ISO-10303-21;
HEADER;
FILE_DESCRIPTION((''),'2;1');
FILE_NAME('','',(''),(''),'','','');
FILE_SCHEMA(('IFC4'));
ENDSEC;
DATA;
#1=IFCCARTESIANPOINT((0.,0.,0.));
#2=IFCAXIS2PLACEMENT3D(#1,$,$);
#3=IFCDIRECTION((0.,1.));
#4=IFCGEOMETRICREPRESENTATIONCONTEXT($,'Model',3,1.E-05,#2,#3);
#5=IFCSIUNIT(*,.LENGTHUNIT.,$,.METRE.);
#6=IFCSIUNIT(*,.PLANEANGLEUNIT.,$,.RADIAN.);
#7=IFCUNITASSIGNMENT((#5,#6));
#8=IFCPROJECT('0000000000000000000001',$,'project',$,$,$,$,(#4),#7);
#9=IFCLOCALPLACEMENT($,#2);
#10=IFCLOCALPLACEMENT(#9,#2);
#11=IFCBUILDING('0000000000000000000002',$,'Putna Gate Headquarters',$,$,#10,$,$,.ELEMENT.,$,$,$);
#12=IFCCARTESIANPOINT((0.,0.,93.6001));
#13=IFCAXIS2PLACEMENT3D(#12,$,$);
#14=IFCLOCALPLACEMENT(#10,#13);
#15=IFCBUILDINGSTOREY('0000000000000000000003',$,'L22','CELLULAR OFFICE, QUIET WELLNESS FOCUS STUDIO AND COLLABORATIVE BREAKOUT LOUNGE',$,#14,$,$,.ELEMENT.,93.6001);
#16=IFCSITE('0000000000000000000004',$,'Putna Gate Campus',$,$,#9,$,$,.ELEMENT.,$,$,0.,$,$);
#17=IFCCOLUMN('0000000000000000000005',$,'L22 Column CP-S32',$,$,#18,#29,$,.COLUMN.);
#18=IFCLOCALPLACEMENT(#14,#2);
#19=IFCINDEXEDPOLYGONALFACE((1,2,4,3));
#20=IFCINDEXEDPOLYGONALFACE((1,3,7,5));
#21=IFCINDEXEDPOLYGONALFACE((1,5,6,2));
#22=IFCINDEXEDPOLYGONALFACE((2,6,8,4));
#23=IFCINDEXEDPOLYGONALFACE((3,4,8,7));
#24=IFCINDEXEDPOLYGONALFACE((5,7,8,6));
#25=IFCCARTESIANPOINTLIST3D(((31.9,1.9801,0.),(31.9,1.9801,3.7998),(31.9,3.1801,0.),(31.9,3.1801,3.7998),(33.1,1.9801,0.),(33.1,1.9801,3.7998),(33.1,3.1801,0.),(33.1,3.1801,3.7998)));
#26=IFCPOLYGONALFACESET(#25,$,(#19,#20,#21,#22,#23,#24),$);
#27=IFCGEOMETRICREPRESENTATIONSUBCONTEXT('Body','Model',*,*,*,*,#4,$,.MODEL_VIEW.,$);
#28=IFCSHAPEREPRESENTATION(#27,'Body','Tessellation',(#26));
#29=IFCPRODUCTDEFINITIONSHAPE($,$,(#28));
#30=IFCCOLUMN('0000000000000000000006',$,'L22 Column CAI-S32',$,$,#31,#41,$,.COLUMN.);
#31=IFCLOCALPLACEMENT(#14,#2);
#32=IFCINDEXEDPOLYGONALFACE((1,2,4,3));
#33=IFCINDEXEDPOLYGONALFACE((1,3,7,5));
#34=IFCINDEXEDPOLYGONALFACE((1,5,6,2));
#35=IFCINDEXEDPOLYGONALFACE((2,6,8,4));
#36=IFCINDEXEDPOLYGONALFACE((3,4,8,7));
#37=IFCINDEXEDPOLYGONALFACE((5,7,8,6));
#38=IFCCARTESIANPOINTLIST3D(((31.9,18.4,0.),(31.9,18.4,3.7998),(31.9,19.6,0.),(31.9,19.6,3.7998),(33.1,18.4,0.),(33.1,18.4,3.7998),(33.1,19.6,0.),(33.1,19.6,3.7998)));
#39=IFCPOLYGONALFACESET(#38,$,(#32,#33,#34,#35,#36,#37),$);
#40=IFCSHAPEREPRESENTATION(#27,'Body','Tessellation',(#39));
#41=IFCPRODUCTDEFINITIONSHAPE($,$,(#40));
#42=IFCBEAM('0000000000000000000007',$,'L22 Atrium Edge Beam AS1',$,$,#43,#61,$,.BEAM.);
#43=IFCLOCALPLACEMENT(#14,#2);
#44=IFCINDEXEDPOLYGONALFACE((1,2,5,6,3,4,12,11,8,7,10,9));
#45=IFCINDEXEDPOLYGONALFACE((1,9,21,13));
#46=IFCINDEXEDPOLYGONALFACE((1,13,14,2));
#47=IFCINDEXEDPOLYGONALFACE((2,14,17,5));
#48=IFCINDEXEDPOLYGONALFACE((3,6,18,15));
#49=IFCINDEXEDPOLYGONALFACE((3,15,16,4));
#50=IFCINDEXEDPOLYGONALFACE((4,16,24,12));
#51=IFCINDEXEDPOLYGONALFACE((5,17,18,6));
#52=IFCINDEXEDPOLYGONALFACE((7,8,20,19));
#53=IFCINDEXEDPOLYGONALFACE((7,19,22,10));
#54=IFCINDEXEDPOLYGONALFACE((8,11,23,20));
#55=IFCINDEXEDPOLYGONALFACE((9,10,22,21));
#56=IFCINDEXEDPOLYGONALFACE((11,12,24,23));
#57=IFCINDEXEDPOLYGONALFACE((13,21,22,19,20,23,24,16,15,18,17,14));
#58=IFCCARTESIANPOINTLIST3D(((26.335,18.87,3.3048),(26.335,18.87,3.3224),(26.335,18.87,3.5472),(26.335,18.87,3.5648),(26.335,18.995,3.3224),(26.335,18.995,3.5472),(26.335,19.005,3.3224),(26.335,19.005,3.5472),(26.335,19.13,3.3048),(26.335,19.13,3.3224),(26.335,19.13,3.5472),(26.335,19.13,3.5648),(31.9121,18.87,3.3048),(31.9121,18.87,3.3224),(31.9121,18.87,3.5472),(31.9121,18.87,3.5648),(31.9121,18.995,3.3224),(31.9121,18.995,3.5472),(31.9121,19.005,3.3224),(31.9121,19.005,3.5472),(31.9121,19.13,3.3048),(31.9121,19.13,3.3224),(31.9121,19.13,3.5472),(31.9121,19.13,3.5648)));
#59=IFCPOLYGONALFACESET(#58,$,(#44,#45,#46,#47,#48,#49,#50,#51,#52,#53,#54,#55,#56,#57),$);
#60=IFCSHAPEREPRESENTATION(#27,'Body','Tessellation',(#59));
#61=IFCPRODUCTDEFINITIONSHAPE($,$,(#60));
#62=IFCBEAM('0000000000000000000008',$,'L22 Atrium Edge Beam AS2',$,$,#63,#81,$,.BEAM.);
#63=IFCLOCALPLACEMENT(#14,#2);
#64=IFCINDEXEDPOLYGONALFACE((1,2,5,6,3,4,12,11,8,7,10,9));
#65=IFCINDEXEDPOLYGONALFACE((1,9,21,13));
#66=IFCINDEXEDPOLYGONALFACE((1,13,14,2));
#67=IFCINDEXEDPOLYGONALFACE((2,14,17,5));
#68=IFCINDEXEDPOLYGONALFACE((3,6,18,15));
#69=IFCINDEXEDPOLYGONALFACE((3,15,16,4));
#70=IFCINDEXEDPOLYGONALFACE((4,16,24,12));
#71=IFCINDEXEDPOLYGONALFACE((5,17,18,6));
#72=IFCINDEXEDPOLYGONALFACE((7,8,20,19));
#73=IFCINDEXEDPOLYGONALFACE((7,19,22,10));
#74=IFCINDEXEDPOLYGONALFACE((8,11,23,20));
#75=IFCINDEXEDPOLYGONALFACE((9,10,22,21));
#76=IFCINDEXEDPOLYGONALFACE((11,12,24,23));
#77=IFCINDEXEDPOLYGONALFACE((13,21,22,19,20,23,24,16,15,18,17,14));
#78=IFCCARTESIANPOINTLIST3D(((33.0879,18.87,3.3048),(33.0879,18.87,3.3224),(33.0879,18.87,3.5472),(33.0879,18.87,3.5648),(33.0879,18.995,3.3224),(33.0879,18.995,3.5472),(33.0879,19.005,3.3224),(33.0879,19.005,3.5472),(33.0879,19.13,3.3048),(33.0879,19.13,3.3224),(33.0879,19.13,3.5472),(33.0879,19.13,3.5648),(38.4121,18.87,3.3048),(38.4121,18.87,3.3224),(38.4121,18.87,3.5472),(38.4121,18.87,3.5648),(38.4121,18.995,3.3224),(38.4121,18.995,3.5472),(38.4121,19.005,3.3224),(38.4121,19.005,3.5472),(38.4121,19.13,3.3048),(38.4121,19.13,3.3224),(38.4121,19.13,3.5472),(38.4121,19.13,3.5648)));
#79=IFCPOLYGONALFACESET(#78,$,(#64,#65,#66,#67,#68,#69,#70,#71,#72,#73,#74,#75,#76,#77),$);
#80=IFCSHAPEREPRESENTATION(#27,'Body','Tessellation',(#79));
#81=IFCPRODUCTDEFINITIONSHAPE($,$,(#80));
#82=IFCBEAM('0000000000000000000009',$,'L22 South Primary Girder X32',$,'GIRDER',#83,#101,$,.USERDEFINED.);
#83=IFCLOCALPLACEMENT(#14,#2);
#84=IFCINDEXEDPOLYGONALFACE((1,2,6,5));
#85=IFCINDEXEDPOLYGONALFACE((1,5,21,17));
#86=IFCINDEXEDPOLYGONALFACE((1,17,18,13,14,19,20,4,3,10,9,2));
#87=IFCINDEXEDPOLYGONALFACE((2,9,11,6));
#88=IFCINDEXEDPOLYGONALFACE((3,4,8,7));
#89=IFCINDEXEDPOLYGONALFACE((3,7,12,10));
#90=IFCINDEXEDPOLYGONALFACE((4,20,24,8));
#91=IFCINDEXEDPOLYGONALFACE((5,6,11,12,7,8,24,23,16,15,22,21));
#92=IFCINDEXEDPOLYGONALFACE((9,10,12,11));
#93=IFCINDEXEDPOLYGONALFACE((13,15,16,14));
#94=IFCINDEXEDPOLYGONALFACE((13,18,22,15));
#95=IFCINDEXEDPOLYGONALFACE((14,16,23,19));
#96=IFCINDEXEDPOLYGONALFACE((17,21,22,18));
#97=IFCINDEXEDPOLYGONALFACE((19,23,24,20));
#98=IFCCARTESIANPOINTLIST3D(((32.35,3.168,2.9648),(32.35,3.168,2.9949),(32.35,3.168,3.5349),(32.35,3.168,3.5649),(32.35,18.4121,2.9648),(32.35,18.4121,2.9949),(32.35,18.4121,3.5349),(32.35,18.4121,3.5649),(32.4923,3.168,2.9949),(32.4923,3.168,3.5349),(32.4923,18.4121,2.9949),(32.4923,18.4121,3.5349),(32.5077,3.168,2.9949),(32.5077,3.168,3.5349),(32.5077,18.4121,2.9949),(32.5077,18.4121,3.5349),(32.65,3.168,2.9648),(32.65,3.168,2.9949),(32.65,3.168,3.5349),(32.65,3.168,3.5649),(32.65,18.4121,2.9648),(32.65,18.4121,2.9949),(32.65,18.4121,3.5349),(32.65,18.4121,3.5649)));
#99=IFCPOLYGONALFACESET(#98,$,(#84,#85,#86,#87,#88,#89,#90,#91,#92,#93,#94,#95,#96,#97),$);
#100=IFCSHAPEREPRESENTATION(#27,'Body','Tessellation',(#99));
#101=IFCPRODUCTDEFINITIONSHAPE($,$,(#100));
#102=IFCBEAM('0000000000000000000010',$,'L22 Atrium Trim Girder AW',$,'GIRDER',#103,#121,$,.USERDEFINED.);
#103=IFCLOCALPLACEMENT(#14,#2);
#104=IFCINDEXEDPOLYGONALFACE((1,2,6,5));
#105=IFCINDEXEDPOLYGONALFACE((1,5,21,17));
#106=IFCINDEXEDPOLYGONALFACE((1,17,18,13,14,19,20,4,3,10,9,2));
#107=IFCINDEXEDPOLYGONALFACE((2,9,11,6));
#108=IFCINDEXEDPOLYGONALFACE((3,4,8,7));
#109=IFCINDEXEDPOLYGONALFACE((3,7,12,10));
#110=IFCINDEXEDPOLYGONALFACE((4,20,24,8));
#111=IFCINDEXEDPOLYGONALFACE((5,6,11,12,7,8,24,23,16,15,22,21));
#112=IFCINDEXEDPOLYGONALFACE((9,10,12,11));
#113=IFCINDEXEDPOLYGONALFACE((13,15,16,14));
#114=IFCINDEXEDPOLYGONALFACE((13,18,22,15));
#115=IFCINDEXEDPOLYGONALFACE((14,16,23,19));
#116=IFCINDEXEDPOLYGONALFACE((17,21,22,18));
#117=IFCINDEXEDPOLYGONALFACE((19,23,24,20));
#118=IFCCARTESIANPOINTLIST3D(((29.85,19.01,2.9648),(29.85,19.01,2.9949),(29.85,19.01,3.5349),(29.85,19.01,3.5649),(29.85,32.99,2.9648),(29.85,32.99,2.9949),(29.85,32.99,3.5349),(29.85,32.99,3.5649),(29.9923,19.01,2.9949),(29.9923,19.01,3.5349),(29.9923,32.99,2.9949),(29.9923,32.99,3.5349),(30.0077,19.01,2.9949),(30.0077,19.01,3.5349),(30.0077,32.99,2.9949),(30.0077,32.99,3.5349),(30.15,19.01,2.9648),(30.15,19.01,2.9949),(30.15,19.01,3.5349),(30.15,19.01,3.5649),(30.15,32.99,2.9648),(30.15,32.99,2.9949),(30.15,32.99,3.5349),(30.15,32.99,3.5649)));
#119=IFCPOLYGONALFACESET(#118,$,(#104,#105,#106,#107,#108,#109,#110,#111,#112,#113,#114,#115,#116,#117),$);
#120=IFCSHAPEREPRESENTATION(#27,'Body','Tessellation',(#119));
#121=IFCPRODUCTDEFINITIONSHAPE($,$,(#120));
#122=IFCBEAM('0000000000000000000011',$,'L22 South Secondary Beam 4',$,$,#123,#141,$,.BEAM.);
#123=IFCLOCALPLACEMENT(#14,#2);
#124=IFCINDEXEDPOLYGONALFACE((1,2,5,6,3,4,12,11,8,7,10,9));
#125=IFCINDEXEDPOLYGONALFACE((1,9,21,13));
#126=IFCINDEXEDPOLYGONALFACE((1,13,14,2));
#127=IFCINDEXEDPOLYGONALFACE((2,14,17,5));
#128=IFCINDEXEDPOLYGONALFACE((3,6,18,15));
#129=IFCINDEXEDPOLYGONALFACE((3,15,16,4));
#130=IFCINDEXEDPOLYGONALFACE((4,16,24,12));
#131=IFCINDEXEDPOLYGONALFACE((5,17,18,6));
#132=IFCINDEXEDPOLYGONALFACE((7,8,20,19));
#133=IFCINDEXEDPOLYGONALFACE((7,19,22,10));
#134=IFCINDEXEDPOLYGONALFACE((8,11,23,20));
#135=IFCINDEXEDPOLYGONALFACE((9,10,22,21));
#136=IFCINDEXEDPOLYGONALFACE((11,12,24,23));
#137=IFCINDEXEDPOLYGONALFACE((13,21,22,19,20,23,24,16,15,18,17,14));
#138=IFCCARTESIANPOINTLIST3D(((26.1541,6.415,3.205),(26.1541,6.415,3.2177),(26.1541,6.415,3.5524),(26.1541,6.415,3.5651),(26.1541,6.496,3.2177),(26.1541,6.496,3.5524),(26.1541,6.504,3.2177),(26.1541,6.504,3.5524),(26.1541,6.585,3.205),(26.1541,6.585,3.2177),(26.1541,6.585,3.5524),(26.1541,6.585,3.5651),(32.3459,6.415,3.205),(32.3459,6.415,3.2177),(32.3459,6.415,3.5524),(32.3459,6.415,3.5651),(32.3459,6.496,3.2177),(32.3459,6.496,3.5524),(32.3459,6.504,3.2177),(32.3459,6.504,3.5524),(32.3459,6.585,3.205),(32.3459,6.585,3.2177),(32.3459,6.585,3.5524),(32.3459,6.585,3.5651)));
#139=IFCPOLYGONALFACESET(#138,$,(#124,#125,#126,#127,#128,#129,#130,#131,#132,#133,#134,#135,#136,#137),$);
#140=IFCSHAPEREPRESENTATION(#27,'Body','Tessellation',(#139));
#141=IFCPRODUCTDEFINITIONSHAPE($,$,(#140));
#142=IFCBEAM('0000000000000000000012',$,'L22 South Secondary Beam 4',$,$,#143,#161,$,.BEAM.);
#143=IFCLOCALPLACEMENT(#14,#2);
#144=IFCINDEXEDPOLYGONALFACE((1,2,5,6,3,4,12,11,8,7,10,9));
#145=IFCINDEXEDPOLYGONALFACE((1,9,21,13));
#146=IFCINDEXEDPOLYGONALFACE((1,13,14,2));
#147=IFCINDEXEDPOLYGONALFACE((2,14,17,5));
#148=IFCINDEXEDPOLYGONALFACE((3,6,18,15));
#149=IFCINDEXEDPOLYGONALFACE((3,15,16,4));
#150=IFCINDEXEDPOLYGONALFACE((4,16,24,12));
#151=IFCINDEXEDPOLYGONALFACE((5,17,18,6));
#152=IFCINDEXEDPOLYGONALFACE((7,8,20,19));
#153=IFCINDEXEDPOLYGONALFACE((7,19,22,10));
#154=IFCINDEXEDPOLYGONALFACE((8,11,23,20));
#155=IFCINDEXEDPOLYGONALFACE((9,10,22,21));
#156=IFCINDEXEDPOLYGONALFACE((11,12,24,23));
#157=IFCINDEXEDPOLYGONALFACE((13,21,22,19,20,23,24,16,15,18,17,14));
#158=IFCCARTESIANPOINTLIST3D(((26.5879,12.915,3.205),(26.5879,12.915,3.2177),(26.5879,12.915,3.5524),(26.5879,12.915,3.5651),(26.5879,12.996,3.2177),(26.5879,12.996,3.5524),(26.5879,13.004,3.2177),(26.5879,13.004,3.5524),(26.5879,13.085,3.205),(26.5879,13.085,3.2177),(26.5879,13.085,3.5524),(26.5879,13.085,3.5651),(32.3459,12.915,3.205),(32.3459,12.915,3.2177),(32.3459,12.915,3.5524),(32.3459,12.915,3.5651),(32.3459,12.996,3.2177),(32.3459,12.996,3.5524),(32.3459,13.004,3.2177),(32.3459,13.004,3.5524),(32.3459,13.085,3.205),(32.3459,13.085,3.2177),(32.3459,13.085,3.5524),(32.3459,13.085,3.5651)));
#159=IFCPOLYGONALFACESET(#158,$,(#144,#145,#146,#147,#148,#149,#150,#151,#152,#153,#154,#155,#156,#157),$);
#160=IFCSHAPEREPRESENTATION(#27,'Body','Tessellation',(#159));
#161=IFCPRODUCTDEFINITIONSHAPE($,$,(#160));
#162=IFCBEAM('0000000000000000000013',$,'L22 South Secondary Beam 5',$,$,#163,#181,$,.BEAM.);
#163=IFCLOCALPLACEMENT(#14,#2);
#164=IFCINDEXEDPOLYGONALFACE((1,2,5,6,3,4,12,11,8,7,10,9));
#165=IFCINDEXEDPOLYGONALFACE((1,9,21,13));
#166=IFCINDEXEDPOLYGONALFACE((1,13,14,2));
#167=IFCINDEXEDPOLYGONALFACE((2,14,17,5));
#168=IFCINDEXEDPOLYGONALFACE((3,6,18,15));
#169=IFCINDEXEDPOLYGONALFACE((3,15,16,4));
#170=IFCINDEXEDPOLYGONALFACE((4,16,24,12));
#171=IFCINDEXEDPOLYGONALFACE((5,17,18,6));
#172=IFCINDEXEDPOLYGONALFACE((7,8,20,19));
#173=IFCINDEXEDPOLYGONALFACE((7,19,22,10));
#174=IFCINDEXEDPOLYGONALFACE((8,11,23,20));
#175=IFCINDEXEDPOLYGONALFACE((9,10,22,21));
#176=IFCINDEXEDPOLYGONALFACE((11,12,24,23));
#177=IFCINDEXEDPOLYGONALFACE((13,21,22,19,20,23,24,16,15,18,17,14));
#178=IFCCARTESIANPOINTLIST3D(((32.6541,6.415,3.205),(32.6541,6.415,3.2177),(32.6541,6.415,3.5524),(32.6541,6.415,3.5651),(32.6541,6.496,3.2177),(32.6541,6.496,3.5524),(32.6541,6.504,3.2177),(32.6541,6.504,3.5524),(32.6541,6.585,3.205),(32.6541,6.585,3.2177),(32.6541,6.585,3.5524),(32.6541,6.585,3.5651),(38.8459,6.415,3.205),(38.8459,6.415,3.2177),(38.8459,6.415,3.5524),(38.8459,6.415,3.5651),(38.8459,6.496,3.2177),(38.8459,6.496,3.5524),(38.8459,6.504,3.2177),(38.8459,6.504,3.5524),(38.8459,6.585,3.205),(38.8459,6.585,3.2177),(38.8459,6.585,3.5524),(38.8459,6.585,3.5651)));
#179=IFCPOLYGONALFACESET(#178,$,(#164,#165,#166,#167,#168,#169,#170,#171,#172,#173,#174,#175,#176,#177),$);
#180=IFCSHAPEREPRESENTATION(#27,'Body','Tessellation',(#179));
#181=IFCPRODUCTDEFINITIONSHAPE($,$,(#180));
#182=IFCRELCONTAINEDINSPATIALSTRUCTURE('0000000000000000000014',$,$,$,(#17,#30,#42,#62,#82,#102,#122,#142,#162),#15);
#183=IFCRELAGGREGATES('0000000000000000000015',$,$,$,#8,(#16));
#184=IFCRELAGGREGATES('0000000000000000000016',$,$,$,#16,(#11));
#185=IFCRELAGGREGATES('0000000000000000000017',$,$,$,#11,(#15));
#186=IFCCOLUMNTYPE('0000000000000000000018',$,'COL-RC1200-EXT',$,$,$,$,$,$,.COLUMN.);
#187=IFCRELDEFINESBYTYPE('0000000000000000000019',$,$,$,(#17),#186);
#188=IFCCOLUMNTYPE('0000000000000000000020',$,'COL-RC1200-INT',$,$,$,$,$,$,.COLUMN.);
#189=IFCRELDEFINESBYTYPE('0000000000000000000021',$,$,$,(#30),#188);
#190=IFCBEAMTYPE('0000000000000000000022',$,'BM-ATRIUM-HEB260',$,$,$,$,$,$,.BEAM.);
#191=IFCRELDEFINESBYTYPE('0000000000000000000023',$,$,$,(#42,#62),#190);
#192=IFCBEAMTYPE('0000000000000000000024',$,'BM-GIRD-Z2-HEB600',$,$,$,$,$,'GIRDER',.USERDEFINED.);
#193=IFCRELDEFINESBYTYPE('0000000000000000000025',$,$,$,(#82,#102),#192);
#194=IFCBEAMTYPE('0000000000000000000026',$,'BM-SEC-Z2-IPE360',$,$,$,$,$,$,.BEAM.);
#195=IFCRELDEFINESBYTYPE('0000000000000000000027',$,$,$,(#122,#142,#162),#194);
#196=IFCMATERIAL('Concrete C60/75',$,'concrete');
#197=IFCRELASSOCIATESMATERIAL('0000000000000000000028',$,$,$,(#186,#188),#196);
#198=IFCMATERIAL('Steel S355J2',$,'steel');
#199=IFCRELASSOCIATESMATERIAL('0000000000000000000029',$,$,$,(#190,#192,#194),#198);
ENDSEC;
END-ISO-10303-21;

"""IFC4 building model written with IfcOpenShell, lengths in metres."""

from ifc_helpers import new_model, si_unit, direction, frame, origin, origin_2d, place, context, subcontext, project, spatial, rectangle, i_section, extrude, material, material_profile, profile_set, type_object, element, save


model = new_model("IFC4")

# Units and contexts
model_context = context("Model", 3, precision=1e-05, world=origin(), true_north=direction((0.0, 1.0)))
body_context = subcontext(model_context, "Body", "Model", "MODEL_VIEW")
ifc_project = project(units=[si_unit("LENGTHUNIT", "METRE"), si_unit("PLANEANGLEUNIT", "RADIAN")], contexts=[model_context])

# Site, building, storey
site_placement = place(None, origin())
site = spatial("IfcSite", under=ifc_project, at=site_placement, Name="Putna Gate Campus", CompositionType="ELEMENT", RefElevation=0.0)
building_placement = place(site_placement, origin())
building = spatial("IfcBuilding", under=site, at=building_placement, Name="Putna Gate Headquarters", CompositionType="ELEMENT")
storey_placement = place(building_placement, frame((0.0, 0.0, 93.6001)))
storey = spatial("IfcBuildingStorey", under=building, at=storey_placement, Name="L22", Description="CELLULAR OFFICE, QUIET WELLNESS FOCUS STUDIO AND COLLABORATIVE BREAKOUT LOUNGE", CompositionType="ELEMENT", Elevation=93.6001)

# Columns
ifc_material_1 = material(Name="Concrete C60/75", Category="concrete")
ifc_material_profile_1 = material_profile(ifc_material_1, rectangle(XDim=1.2, YDim=1.2, at=origin_2d()), Name="Concrete C60/75")
ifc_profile_set_1 = profile_set([ifc_material_profile_1], Name="Concrete C60/75")
column_type_1 = type_object("IfcColumnType", Name="COL-RC1200-EXT", PredefinedType="COLUMN", material=ifc_profile_set_1)
column_1_placement = place(storey_placement, frame((32.5, 2.5801, 0.0), z_axis=(0.0, 0.0, 1.0), x_axis=(1.0, 0.0, 0.0)))
element("IfcColumn", 1, at=column_1_placement, inside=storey, type_object=column_type_1, Name="L22 Column CP-S32", PredefinedType="COLUMN", context=body_context, shape_type="SweptSolid", body=[
    extrude(rectangle(XDim=1.2, YDim=1.2, at=origin_2d()), origin(), (0.0, 0.0, 1.0), 3.7998),
])
ifc_material_profile_2 = material_profile(ifc_material_1, rectangle(XDim=1.2, YDim=1.2, at=origin_2d()), Name="Concrete C60/75")
ifc_profile_set_2 = profile_set([ifc_material_profile_2], Name="Concrete C60/75")
column_type_2 = type_object("IfcColumnType", Name="COL-RC1200-INT", PredefinedType="COLUMN", material=ifc_profile_set_2)
column_2_placement = place(storey_placement, frame((32.5, 19.0, 0.0), z_axis=(0.0, 0.0, 1.0), x_axis=(1.0, 0.0, 0.0)))
element("IfcColumn", 2, at=column_2_placement, inside=storey, type_object=column_type_2, Name="L22 Column CAI-S32", PredefinedType="COLUMN", context=body_context, shape_type="SweptSolid", body=[
    extrude(rectangle(XDim=1.2, YDim=1.2, at=origin_2d()), origin(), (0.0, 0.0, 1.0), 3.7998),
])

# Beams
ifc_material_2 = material(Name="Steel S355J2", Category="steel")
ifc_material_profile_3 = material_profile(ifc_material_2, i_section(OverallWidth=0.26, OverallDepth=0.26, WebThickness=0.01, FlangeThickness=0.0176, at=origin_2d()), Name="Steel S355J2")
ifc_profile_set_3 = profile_set([ifc_material_profile_3], Name="Steel S355J2")
beam_type_1 = type_object("IfcBeamType", Name="BM-ATRIUM-HEB260", PredefinedType="BEAM", material=ifc_profile_set_3)
beam_1_placement = place(storey_placement, frame((26.335, 19.0, 3.4348), z_axis=(1.0, 0.0, 0.0), x_axis=(0.0, 1.0, 0.0)))
element("IfcBeam", 3, at=beam_1_placement, inside=storey, type_object=beam_type_1, Name="L22 Atrium Edge Beam AS1", PredefinedType="BEAM", context=body_context, shape_type="SweptSolid", body=[
    extrude(i_section(OverallWidth=0.26, OverallDepth=0.26, WebThickness=0.01, FlangeThickness=0.0176, at=origin_2d()), origin(), (0.0, 0.0, 1.0), 5.5771),
])
beam_2_placement = place(storey_placement, frame((33.0879, 19.0, 3.4348), z_axis=(1.0, 0.0, 0.0), x_axis=(0.0, 1.0, 0.0)))
element("IfcBeam", 4, at=beam_2_placement, inside=storey, type_object=beam_type_1, Name="L22 Atrium Edge Beam AS2", PredefinedType="BEAM", context=body_context, shape_type="SweptSolid", body=[
    extrude(i_section(OverallWidth=0.26, OverallDepth=0.26, WebThickness=0.01, FlangeThickness=0.0176, at=origin_2d()), origin(), (0.0, 0.0, 1.0), 5.3242),
])
ifc_material_profile_4 = material_profile(ifc_material_2, i_section(OverallWidth=0.3, OverallDepth=0.6001, WebThickness=0.0154, FlangeThickness=0.03, at=origin_2d()), Name="Steel S355J2")
ifc_profile_set_4 = profile_set([ifc_material_profile_4], Name="Steel S355J2")
beam_type_2 = type_object("IfcBeamType", Name="BM-GIRD-Z2-HEB600", ElementType="GIRDER", PredefinedType="USERDEFINED", material=ifc_profile_set_4)
beam_3_placement = place(storey_placement, frame((32.5, 3.168, 3.2649), z_axis=(0.0, 1.0, 0.0), x_axis=(-1.0, 0.0, 0.0)))
element("IfcBeam", 5, at=beam_3_placement, inside=storey, type_object=beam_type_2, Name="L22 South Primary Girder X32", ObjectType="GIRDER", PredefinedType="USERDEFINED", context=body_context, shape_type="SweptSolid", body=[
    extrude(i_section(OverallWidth=0.3, OverallDepth=0.6001, WebThickness=0.0154, FlangeThickness=0.03, at=origin_2d()), origin(), (0.0, 0.0, 1.0), 15.2441),
])
beam_4_placement = place(storey_placement, frame((30.0, 19.01, 3.2649), z_axis=(0.0, 1.0, 0.0), x_axis=(-1.0, 0.0, 0.0)))
element("IfcBeam", 6, at=beam_4_placement, inside=storey, type_object=beam_type_2, Name="L22 Atrium Trim Girder AW", ObjectType="GIRDER", PredefinedType="USERDEFINED", context=body_context, shape_type="SweptSolid", body=[
    extrude(i_section(OverallWidth=0.3, OverallDepth=0.6001, WebThickness=0.0154, FlangeThickness=0.03, at=origin_2d()), origin(), (0.0, 0.0, 1.0), 13.98),
])
ifc_material_profile_5 = material_profile(ifc_material_2, i_section(OverallWidth=0.1699, OverallDepth=0.3601, WebThickness=0.0081, FlangeThickness=0.0127, at=origin_2d()), Name="Steel S355J2")
ifc_profile_set_5 = profile_set([ifc_material_profile_5], Name="Steel S355J2")
beam_type_3 = type_object("IfcBeamType", Name="BM-SEC-Z2-IPE360", PredefinedType="BEAM", material=ifc_profile_set_5)
beam_5_placement = place(storey_placement, frame((26.1541, 6.5, 3.385), z_axis=(1.0, 0.0, 0.0), x_axis=(0.0, 1.0, 0.0)))
element("IfcBeam", 7, at=beam_5_placement, inside=storey, type_object=beam_type_3, Name="L22 South Secondary Beam 4", PredefinedType="BEAM", context=body_context, shape_type="SweptSolid", body=[
    extrude(i_section(OverallWidth=0.1699, OverallDepth=0.3601, WebThickness=0.0081, FlangeThickness=0.0127, at=origin_2d()), origin(), (0.0, 0.0, 1.0), 6.1919),
])
beam_6_placement = place(storey_placement, frame((26.5879, 13.0, 3.385), z_axis=(1.0, 0.0, 0.0), x_axis=(0.0, 1.0, 0.0)))
element("IfcBeam", 8, at=beam_6_placement, inside=storey, type_object=beam_type_3, Name="L22 South Secondary Beam 4", PredefinedType="BEAM", context=body_context, shape_type="SweptSolid", body=[
    extrude(i_section(OverallWidth=0.1699, OverallDepth=0.3601, WebThickness=0.0081, FlangeThickness=0.0127, at=origin_2d()), origin(), (0.0, 0.0, 1.0), 5.7581),
])
for number, where, z_axis, x_axis, name in (
    (9, (32.6541, 6.5, 3.385), (1.0, 0.0, 0.0), (0.0, 1.0, 0.0), "L22 South Secondary Beam 5"),
):
    element("IfcBeam", number, at=place(storey_placement, frame(where, z_axis=z_axis, x_axis=x_axis)), inside=storey, type_object=beam_type_3, Name=name, PredefinedType="BEAM", context=body_context, shape_type="SweptSolid", body=[
        extrude(i_section(OverallWidth=0.1699, OverallDepth=0.3601, WebThickness=0.0081, FlangeThickness=0.0127, at=origin_2d()), origin(), (0.0, 0.0, 1.0), 6.1919),
    ])

save(model, "model.ifc")
